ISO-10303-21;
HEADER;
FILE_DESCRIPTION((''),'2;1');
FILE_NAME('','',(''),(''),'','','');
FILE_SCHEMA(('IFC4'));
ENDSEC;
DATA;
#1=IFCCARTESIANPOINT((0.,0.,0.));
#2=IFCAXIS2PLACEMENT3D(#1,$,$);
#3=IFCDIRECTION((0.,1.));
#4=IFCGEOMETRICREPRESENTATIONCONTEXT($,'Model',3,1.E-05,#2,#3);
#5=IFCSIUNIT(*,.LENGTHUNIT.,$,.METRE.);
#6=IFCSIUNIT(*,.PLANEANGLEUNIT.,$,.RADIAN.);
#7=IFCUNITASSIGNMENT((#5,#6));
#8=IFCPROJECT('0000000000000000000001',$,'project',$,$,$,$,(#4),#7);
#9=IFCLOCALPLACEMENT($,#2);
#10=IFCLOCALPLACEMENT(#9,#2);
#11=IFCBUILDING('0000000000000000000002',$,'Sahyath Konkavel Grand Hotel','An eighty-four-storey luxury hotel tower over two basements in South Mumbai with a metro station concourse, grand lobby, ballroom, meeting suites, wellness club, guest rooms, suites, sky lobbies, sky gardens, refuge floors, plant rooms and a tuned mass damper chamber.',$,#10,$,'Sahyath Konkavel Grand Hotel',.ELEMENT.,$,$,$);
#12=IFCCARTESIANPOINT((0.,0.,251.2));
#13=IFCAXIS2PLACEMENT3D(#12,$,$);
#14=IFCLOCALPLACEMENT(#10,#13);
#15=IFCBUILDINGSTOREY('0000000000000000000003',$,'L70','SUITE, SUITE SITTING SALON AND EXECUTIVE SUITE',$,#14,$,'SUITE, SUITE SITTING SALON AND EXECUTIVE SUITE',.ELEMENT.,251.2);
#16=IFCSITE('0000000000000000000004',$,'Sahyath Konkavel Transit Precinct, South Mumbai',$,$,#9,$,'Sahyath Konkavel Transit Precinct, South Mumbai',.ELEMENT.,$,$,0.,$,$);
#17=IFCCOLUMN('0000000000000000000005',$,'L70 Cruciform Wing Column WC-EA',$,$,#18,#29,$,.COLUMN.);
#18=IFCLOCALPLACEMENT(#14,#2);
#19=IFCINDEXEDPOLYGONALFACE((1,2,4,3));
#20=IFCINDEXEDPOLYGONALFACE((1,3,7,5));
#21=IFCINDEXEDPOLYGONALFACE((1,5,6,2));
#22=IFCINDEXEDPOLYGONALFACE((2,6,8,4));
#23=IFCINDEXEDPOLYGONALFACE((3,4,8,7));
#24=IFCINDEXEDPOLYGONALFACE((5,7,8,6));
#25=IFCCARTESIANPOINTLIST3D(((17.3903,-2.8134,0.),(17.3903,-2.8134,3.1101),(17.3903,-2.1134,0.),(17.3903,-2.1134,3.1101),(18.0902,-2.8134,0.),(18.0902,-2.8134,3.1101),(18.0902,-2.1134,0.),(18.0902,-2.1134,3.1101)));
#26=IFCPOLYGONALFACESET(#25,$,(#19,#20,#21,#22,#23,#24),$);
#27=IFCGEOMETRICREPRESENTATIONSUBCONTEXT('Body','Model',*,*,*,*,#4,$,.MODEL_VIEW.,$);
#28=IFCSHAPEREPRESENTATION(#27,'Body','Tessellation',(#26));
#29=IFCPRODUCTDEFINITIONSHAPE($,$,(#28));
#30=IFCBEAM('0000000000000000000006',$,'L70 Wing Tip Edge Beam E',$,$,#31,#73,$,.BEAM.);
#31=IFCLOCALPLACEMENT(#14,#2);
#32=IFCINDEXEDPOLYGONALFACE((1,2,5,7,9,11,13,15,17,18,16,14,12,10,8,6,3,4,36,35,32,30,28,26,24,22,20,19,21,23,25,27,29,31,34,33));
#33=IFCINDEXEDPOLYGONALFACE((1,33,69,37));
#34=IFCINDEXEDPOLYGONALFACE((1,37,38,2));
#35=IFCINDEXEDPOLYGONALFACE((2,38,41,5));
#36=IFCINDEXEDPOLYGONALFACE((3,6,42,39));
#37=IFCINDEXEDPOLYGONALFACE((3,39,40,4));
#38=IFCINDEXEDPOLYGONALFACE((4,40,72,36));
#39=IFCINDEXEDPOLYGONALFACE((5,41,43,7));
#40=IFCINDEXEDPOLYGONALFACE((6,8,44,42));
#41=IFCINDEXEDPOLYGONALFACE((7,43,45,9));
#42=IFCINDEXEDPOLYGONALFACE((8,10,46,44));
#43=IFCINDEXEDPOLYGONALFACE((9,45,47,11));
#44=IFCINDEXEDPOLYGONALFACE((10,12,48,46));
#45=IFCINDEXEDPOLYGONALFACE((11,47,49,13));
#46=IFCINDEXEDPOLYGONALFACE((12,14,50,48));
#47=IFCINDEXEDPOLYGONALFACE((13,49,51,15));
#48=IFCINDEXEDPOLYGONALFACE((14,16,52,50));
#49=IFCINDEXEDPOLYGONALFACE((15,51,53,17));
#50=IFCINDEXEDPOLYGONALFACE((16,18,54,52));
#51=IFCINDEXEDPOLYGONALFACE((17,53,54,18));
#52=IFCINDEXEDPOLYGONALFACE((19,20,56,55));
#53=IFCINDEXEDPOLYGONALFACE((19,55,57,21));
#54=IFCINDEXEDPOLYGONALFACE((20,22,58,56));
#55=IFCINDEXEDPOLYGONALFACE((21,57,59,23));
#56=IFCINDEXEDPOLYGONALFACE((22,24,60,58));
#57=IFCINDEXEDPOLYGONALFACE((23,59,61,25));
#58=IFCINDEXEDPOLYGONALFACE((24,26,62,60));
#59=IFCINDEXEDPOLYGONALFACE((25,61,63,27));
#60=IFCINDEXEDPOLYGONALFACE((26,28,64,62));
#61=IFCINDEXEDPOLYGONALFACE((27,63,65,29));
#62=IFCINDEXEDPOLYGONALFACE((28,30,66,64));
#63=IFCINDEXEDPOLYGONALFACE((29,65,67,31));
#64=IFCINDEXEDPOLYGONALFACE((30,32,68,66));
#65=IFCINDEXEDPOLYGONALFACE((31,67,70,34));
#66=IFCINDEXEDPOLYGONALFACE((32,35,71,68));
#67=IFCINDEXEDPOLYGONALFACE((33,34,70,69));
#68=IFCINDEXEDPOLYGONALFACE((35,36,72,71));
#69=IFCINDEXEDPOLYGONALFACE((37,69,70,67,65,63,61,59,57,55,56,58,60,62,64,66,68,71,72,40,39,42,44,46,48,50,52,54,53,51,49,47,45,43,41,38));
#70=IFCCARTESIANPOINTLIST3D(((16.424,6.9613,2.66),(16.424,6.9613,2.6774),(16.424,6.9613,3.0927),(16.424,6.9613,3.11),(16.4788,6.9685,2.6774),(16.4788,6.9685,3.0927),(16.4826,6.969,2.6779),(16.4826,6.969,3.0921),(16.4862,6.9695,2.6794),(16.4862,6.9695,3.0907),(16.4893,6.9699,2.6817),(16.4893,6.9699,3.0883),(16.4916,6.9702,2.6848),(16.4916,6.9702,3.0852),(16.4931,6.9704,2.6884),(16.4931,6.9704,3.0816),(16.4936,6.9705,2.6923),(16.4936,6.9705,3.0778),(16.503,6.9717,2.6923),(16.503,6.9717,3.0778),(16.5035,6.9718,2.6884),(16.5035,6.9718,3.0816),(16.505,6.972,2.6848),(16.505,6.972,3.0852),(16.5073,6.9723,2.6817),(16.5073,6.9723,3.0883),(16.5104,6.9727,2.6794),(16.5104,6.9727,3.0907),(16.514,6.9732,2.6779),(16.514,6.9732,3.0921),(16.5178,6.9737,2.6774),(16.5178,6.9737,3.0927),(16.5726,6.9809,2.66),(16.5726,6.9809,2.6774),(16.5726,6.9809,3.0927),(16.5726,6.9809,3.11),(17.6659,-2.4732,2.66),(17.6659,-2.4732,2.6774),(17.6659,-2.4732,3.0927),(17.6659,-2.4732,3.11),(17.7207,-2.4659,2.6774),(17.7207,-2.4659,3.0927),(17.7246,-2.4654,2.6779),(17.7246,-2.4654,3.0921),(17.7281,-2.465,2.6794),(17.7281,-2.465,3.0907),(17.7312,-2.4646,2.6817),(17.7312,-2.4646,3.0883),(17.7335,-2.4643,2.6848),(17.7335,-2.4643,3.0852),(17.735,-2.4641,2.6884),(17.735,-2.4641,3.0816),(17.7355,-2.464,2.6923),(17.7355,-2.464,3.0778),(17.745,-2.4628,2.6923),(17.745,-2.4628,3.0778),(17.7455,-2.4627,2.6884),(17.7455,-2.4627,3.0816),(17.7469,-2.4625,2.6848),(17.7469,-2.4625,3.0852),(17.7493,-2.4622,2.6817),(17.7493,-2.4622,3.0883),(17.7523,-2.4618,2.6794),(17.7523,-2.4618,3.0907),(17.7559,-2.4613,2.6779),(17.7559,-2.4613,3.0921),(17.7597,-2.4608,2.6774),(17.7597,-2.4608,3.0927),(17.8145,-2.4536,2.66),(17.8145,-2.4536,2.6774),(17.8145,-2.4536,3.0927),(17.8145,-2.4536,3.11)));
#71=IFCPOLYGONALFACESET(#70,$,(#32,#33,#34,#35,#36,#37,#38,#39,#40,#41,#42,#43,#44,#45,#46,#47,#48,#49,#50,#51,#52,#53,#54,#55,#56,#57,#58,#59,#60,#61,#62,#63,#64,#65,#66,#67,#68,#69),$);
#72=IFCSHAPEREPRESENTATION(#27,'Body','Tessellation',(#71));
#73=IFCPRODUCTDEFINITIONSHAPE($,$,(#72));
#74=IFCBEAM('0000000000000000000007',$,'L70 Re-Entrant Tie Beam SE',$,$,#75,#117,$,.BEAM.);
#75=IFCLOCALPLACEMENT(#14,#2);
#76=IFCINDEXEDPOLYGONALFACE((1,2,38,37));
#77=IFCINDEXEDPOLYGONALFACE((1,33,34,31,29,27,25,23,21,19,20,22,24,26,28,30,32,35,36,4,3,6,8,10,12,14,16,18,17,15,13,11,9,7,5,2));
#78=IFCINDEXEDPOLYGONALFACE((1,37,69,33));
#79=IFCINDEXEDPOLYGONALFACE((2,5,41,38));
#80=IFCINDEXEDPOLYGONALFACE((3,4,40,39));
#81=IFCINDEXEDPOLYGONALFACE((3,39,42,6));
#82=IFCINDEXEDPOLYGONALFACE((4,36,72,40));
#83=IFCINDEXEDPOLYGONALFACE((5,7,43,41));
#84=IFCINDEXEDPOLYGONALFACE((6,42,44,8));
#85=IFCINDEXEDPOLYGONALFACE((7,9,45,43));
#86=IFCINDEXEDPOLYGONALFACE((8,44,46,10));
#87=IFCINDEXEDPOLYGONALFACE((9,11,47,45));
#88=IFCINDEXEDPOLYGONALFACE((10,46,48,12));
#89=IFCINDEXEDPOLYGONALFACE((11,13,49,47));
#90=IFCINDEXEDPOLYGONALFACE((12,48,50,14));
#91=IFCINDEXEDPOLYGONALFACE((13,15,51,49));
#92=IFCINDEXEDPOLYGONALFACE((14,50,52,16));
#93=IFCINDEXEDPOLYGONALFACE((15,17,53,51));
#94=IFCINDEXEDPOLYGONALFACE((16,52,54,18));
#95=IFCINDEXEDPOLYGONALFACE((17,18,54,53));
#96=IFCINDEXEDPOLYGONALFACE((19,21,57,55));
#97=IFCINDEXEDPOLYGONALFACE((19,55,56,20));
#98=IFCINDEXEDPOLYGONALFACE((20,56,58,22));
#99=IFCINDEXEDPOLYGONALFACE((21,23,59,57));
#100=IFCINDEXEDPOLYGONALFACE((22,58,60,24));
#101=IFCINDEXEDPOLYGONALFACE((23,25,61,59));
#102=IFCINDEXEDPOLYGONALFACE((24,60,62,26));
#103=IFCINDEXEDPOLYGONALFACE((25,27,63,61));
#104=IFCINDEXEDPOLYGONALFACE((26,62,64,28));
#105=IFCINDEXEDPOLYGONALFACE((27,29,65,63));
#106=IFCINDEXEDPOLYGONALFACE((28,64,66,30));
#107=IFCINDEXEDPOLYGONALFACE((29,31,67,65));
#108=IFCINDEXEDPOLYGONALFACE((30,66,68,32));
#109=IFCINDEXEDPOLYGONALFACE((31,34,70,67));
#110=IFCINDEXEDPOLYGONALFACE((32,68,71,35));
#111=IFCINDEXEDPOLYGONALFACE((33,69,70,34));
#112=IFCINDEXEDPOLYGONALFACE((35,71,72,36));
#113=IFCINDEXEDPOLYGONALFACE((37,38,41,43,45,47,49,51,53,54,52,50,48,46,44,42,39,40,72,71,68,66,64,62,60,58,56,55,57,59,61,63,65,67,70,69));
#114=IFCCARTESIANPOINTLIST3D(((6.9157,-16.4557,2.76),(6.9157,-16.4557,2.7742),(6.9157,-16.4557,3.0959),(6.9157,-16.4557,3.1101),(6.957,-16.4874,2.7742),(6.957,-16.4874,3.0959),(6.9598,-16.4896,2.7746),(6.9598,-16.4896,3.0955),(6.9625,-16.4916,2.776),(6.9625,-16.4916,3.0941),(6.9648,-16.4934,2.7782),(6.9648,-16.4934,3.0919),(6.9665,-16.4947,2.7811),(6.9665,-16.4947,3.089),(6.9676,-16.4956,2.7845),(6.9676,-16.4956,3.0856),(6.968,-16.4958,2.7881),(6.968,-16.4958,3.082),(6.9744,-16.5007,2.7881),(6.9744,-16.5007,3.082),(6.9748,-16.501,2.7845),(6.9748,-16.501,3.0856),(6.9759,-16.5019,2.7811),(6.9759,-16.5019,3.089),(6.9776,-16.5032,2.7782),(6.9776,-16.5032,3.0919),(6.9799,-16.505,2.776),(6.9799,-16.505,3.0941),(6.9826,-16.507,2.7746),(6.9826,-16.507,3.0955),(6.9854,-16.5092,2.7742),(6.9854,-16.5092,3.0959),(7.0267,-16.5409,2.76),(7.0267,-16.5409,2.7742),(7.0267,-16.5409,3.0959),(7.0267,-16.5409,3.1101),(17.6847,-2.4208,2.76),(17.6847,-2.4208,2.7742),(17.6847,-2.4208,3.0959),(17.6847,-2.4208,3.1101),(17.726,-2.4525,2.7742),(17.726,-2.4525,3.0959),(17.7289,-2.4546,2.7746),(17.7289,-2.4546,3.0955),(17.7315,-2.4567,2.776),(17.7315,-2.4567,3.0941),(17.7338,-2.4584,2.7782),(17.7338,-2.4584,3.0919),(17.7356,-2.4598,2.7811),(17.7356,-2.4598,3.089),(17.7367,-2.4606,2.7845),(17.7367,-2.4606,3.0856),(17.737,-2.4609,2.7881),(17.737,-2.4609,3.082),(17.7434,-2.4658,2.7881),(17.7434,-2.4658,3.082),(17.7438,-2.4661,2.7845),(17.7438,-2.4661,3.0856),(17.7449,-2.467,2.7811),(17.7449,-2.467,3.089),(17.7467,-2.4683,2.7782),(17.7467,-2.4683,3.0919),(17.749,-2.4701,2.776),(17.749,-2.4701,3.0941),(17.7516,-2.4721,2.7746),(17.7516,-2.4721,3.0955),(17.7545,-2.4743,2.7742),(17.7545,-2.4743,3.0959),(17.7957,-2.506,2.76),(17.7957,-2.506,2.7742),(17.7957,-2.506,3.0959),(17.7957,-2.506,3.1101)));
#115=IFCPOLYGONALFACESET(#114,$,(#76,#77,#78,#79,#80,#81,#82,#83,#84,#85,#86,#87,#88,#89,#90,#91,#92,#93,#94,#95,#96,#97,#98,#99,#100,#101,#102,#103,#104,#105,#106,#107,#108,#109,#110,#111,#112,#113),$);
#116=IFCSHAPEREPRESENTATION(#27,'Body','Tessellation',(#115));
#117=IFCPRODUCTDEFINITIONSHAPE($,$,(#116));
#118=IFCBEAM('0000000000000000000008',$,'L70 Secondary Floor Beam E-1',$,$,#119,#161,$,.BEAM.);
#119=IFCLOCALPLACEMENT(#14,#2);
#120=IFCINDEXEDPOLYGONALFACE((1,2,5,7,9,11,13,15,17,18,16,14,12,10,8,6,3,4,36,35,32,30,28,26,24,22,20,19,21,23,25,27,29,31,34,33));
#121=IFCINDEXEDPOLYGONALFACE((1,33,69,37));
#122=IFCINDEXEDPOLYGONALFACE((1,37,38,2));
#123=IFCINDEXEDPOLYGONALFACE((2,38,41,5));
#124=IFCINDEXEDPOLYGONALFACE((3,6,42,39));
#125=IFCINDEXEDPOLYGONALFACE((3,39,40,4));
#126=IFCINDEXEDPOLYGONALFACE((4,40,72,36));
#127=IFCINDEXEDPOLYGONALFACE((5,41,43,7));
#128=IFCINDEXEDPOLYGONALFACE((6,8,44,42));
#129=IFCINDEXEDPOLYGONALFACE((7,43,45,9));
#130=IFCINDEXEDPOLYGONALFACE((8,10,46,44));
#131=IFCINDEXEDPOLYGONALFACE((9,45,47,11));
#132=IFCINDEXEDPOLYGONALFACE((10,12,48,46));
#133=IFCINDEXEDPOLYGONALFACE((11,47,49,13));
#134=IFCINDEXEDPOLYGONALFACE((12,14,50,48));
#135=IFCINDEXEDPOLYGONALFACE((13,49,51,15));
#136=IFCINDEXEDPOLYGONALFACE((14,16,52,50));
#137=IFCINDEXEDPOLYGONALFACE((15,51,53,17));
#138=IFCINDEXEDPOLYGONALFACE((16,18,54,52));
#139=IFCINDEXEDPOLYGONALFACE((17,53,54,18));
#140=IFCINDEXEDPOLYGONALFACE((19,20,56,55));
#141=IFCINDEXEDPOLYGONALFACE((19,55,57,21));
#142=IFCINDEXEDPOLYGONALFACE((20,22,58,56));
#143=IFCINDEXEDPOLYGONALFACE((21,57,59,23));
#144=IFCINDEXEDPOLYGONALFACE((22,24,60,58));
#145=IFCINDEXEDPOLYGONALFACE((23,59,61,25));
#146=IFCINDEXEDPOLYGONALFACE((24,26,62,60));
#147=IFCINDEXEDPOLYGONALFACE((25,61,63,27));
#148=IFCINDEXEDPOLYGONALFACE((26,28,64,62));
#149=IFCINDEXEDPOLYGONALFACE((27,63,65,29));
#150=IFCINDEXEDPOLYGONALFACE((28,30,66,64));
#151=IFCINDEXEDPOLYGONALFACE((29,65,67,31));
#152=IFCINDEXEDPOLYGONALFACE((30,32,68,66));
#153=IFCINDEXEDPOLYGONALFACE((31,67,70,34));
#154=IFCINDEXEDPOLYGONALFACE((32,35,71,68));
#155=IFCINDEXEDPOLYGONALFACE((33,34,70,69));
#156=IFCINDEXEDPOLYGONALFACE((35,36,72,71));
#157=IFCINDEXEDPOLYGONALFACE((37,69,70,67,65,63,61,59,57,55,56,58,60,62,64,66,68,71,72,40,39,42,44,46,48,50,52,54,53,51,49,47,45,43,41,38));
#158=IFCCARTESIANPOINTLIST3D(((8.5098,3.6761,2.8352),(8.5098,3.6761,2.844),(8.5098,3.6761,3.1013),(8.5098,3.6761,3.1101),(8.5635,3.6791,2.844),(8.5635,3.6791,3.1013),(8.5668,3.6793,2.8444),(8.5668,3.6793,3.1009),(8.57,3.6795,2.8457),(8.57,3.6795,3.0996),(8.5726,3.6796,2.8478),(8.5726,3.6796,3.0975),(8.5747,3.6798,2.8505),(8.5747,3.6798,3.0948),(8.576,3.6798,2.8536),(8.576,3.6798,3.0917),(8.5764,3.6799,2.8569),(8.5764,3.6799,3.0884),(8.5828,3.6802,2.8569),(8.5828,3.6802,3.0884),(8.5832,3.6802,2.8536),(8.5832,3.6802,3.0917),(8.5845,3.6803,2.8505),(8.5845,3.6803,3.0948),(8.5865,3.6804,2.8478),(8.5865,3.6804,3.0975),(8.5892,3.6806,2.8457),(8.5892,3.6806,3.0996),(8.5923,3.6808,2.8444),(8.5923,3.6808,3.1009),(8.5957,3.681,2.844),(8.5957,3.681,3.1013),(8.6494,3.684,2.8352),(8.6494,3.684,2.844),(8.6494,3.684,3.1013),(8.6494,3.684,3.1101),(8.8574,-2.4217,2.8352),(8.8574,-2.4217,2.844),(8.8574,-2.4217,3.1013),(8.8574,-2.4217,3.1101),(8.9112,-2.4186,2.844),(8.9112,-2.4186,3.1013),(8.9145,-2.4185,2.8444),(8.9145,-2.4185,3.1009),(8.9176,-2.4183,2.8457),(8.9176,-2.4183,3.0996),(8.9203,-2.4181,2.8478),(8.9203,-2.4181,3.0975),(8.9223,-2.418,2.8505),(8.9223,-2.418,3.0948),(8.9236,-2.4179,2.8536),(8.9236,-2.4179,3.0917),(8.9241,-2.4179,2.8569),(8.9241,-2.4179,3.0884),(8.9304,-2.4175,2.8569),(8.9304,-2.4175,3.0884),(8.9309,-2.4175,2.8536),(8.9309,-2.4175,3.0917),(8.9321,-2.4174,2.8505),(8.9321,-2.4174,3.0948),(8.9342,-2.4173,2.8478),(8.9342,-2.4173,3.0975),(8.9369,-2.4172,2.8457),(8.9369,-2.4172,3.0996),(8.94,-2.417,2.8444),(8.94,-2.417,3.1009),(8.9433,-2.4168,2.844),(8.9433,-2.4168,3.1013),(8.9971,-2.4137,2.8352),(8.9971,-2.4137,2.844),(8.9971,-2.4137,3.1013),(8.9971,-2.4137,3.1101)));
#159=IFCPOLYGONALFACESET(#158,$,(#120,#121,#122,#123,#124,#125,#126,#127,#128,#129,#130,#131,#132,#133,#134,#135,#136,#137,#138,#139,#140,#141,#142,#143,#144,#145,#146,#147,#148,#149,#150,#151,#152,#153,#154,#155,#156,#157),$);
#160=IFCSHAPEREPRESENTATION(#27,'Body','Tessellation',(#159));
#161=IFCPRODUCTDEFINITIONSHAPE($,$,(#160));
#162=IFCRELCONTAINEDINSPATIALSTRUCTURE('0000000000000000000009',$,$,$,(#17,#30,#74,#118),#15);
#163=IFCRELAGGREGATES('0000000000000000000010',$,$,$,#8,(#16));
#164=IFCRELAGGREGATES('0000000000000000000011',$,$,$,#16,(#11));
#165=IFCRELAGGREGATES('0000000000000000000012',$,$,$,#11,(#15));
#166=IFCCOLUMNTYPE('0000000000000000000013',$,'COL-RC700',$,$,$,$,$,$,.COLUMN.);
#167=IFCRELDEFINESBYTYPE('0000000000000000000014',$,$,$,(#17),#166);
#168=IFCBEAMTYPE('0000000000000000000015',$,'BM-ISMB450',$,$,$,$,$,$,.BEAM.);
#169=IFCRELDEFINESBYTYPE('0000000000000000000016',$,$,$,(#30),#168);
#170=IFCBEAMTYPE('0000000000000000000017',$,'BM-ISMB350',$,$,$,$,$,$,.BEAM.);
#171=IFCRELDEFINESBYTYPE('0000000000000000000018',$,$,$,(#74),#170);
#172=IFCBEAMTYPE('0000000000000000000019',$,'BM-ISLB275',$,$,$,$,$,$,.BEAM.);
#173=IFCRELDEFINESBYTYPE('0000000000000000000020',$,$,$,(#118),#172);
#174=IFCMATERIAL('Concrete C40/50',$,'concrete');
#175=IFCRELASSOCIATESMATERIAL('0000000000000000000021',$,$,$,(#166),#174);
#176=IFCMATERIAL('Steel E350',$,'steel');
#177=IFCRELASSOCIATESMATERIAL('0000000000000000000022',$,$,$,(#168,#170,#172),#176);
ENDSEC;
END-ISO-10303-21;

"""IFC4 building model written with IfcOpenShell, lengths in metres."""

from ifc_helpers import new_model, si_unit, direction, frame, origin, origin_2d, place, context, subcontext, project, spatial, rectangle, i_section, extrude, source, transform, mapped, material, material_profile, profile_set, type_object, element, save


model = new_model("IFC4")

# Units and contexts
model_context = context("Model", 3, precision=1e-05, world=origin(), true_north=direction((0.0, 1.0)))
body_context = subcontext(model_context, "Body", "Model", "MODEL_VIEW")
ifc_project = project(units=[si_unit("LENGTHUNIT", "METRE"), si_unit("PLANEANGLEUNIT", "RADIAN")], contexts=[model_context])

# Site, building, storey
site_placement = place(None, origin())
site = spatial("IfcSite", under=ifc_project, at=site_placement, Name="Sahyath Konkavel Transit Precinct, South Mumbai", LongName="Sahyath Konkavel Transit Precinct, South Mumbai", CompositionType="ELEMENT", RefElevation=0.0)
building_placement = place(site_placement, origin())
building = spatial("IfcBuilding", under=site, at=building_placement, Name="Sahyath Konkavel Grand Hotel", Description="An eighty-four-storey luxury hotel tower over two basements in South Mumbai with a metro station concourse, grand lobby, ballroom, meeting suites, wellness club, guest rooms, suites, sky lobbies, sky gardens, refuge floors, plant rooms and a tuned mass damper chamber.", LongName="Sahyath Konkavel Grand Hotel", CompositionType="ELEMENT")
storey_placement = place(building_placement, frame((0.0, 0.0, 251.2)))
storey = spatial("IfcBuildingStorey", under=building, at=storey_placement, Name="L70", Description="SUITE, SUITE SITTING SALON AND EXECUTIVE SUITE", LongName="SUITE, SUITE SITTING SALON AND EXECUTIVE SUITE", CompositionType="ELEMENT", Elevation=251.2)

# Column
ifc_material_1 = material(Name="Concrete C40/50", Category="concrete")
ifc_material_profile_1 = material_profile(ifc_material_1, rectangle(XDim=0.7, YDim=0.7, at=origin_2d()), Name="RC 700x700")
ifc_profile_set_1 = profile_set([ifc_material_profile_1], Name="Concrete C40/50")
column_type = type_object("IfcColumnType", Name="COL-RC700", PredefinedType="COLUMN", material=ifc_profile_set_1)
shared_shape_1 = source(origin(), body_context, "Body", "SweptSolid", [
    extrude(rectangle(XDim=0.7, YDim=0.7, at=origin_2d()), origin(), (0.0, 0.0, 1.0), 3.1101),
])
column_placement = place(storey_placement, frame((17.7402, -2.4634, 0.0), z_axis=(0.0, 0.0, 1.0), x_axis=(1.0, 0.0, 0.0)))
element("IfcColumn", 1, at=column_placement, inside=storey, type_object=column_type, Name="L70 Cruciform Wing Column WC-EA", PredefinedType="COLUMN", context=body_context, shape_type="MappedRepresentation", body=[
    mapped(shared_shape_1, transform((0.0, 0.0, 0.0), scale=1.0)),
])

# Beams
ifc_material_2 = material(Name="Steel E350", Category="steel")
ifc_material_profile_2 = material_profile(ifc_material_2, i_section(OverallWidth=0.1499, OverallDepth=0.45, WebThickness=0.0095, FlangeThickness=0.0173, FilletRadius=0.0149, at=origin_2d()), Name="ISMB 450")
ifc_profile_set_2 = profile_set([ifc_material_profile_2], Name="Steel E350")
beam_type_1 = type_object("IfcBeamType", Name="BM-ISMB450", PredefinedType="BEAM", material=ifc_profile_set_2)
shared_shape_2 = source(origin(), body_context, "Body", "SweptSolid", [
    extrude(i_section(OverallWidth=0.1499, OverallDepth=0.45, WebThickness=0.0095, FlangeThickness=0.0173, FilletRadius=0.0149, at=origin_2d()), origin(), (0.0, 0.0, 1.0), 9.5159),
])
beam_1_placement = place(storey_placement, frame((17.7402, -2.4634, 2.885), z_axis=(-0.130512, 0.991447, 0.0), x_axis=(-0.991447, -0.130512, 0.0)))
element("IfcBeam", 2, at=beam_1_placement, inside=storey, type_object=beam_type_1, Name="L70 Wing Tip Edge Beam E", PredefinedType="BEAM", context=body_context, shape_type="MappedRepresentation", body=[
    mapped(shared_shape_2, transform((0.0, 0.0, 0.0), scale=1.0)),
])
ifc_material_profile_3 = material_profile(ifc_material_2, i_section(OverallWidth=0.1399, OverallDepth=0.3501, WebThickness=0.0081, FlangeThickness=0.0142, FilletRadius=0.0139, at=origin_2d()), Name="ISMB 350")
ifc_profile_set_3 = profile_set([ifc_material_profile_3], Name="Steel E350")
beam_type_2 = type_object("IfcBeamType", Name="BM-ISMB350", PredefinedType="BEAM", material=ifc_profile_set_3)
shared_shape_3 = source(origin(), body_context, "Body", "SweptSolid", [
    extrude(i_section(OverallWidth=0.1399, OverallDepth=0.3501, WebThickness=0.0081, FlangeThickness=0.0142, FilletRadius=0.0139, at=origin_2d()), origin(), (0.0, 0.0, 1.0), 17.6904),
])
beam_2_placement = place(storey_placement, frame((17.7402, -2.4634, 2.9351), z_axis=(-0.60875, -0.793362, 0.0), x_axis=(0.793362, -0.60875, 0.0)))
element("IfcBeam", 3, at=beam_2_placement, inside=storey, type_object=beam_type_2, Name="L70 Re-Entrant Tie Beam SE", PredefinedType="BEAM", context=body_context, shape_type="MappedRepresentation", body=[
    mapped(shared_shape_3, transform((0.0, 0.0, 0.0), scale=1.0)),
])
ifc_material_profile_4 = material_profile(ifc_material_2, i_section(OverallWidth=0.1399, OverallDepth=0.2749, WebThickness=0.0063, FlangeThickness=0.0088, FilletRadius=0.0129, at=origin_2d()), Name="ISLB 275")
ifc_profile_set_4 = profile_set([ifc_material_profile_4], Name="Steel E350")
beam_type_3 = type_object("IfcBeamType", Name="BM-ISLB275", PredefinedType="BEAM", material=ifc_profile_set_4)
shared_shape_4 = source(origin(), body_context, "Body", "SweptSolid", [
    extrude(i_section(OverallWidth=0.1399, OverallDepth=0.2749, WebThickness=0.0063, FlangeThickness=0.0088, FilletRadius=0.0129, at=origin_2d()), origin(), (0.0, 0.0, 1.0), 6.1077),
])
beam_3_placement = place(storey_placement, frame((8.9272, -2.4177, 2.9727), z_axis=(-0.056922, 0.998379, 0.0), x_axis=(-0.998379, -0.056922, 0.0)))
element("IfcBeam", 4, at=beam_3_placement, inside=storey, type_object=beam_type_3, Name="L70 Secondary Floor Beam E-1", PredefinedType="BEAM", context=body_context, shape_type="MappedRepresentation", body=[
    mapped(shared_shape_4, transform((0.0, 0.0, 0.0), scale=1.0)),
])

save(model, "model.ifc")
